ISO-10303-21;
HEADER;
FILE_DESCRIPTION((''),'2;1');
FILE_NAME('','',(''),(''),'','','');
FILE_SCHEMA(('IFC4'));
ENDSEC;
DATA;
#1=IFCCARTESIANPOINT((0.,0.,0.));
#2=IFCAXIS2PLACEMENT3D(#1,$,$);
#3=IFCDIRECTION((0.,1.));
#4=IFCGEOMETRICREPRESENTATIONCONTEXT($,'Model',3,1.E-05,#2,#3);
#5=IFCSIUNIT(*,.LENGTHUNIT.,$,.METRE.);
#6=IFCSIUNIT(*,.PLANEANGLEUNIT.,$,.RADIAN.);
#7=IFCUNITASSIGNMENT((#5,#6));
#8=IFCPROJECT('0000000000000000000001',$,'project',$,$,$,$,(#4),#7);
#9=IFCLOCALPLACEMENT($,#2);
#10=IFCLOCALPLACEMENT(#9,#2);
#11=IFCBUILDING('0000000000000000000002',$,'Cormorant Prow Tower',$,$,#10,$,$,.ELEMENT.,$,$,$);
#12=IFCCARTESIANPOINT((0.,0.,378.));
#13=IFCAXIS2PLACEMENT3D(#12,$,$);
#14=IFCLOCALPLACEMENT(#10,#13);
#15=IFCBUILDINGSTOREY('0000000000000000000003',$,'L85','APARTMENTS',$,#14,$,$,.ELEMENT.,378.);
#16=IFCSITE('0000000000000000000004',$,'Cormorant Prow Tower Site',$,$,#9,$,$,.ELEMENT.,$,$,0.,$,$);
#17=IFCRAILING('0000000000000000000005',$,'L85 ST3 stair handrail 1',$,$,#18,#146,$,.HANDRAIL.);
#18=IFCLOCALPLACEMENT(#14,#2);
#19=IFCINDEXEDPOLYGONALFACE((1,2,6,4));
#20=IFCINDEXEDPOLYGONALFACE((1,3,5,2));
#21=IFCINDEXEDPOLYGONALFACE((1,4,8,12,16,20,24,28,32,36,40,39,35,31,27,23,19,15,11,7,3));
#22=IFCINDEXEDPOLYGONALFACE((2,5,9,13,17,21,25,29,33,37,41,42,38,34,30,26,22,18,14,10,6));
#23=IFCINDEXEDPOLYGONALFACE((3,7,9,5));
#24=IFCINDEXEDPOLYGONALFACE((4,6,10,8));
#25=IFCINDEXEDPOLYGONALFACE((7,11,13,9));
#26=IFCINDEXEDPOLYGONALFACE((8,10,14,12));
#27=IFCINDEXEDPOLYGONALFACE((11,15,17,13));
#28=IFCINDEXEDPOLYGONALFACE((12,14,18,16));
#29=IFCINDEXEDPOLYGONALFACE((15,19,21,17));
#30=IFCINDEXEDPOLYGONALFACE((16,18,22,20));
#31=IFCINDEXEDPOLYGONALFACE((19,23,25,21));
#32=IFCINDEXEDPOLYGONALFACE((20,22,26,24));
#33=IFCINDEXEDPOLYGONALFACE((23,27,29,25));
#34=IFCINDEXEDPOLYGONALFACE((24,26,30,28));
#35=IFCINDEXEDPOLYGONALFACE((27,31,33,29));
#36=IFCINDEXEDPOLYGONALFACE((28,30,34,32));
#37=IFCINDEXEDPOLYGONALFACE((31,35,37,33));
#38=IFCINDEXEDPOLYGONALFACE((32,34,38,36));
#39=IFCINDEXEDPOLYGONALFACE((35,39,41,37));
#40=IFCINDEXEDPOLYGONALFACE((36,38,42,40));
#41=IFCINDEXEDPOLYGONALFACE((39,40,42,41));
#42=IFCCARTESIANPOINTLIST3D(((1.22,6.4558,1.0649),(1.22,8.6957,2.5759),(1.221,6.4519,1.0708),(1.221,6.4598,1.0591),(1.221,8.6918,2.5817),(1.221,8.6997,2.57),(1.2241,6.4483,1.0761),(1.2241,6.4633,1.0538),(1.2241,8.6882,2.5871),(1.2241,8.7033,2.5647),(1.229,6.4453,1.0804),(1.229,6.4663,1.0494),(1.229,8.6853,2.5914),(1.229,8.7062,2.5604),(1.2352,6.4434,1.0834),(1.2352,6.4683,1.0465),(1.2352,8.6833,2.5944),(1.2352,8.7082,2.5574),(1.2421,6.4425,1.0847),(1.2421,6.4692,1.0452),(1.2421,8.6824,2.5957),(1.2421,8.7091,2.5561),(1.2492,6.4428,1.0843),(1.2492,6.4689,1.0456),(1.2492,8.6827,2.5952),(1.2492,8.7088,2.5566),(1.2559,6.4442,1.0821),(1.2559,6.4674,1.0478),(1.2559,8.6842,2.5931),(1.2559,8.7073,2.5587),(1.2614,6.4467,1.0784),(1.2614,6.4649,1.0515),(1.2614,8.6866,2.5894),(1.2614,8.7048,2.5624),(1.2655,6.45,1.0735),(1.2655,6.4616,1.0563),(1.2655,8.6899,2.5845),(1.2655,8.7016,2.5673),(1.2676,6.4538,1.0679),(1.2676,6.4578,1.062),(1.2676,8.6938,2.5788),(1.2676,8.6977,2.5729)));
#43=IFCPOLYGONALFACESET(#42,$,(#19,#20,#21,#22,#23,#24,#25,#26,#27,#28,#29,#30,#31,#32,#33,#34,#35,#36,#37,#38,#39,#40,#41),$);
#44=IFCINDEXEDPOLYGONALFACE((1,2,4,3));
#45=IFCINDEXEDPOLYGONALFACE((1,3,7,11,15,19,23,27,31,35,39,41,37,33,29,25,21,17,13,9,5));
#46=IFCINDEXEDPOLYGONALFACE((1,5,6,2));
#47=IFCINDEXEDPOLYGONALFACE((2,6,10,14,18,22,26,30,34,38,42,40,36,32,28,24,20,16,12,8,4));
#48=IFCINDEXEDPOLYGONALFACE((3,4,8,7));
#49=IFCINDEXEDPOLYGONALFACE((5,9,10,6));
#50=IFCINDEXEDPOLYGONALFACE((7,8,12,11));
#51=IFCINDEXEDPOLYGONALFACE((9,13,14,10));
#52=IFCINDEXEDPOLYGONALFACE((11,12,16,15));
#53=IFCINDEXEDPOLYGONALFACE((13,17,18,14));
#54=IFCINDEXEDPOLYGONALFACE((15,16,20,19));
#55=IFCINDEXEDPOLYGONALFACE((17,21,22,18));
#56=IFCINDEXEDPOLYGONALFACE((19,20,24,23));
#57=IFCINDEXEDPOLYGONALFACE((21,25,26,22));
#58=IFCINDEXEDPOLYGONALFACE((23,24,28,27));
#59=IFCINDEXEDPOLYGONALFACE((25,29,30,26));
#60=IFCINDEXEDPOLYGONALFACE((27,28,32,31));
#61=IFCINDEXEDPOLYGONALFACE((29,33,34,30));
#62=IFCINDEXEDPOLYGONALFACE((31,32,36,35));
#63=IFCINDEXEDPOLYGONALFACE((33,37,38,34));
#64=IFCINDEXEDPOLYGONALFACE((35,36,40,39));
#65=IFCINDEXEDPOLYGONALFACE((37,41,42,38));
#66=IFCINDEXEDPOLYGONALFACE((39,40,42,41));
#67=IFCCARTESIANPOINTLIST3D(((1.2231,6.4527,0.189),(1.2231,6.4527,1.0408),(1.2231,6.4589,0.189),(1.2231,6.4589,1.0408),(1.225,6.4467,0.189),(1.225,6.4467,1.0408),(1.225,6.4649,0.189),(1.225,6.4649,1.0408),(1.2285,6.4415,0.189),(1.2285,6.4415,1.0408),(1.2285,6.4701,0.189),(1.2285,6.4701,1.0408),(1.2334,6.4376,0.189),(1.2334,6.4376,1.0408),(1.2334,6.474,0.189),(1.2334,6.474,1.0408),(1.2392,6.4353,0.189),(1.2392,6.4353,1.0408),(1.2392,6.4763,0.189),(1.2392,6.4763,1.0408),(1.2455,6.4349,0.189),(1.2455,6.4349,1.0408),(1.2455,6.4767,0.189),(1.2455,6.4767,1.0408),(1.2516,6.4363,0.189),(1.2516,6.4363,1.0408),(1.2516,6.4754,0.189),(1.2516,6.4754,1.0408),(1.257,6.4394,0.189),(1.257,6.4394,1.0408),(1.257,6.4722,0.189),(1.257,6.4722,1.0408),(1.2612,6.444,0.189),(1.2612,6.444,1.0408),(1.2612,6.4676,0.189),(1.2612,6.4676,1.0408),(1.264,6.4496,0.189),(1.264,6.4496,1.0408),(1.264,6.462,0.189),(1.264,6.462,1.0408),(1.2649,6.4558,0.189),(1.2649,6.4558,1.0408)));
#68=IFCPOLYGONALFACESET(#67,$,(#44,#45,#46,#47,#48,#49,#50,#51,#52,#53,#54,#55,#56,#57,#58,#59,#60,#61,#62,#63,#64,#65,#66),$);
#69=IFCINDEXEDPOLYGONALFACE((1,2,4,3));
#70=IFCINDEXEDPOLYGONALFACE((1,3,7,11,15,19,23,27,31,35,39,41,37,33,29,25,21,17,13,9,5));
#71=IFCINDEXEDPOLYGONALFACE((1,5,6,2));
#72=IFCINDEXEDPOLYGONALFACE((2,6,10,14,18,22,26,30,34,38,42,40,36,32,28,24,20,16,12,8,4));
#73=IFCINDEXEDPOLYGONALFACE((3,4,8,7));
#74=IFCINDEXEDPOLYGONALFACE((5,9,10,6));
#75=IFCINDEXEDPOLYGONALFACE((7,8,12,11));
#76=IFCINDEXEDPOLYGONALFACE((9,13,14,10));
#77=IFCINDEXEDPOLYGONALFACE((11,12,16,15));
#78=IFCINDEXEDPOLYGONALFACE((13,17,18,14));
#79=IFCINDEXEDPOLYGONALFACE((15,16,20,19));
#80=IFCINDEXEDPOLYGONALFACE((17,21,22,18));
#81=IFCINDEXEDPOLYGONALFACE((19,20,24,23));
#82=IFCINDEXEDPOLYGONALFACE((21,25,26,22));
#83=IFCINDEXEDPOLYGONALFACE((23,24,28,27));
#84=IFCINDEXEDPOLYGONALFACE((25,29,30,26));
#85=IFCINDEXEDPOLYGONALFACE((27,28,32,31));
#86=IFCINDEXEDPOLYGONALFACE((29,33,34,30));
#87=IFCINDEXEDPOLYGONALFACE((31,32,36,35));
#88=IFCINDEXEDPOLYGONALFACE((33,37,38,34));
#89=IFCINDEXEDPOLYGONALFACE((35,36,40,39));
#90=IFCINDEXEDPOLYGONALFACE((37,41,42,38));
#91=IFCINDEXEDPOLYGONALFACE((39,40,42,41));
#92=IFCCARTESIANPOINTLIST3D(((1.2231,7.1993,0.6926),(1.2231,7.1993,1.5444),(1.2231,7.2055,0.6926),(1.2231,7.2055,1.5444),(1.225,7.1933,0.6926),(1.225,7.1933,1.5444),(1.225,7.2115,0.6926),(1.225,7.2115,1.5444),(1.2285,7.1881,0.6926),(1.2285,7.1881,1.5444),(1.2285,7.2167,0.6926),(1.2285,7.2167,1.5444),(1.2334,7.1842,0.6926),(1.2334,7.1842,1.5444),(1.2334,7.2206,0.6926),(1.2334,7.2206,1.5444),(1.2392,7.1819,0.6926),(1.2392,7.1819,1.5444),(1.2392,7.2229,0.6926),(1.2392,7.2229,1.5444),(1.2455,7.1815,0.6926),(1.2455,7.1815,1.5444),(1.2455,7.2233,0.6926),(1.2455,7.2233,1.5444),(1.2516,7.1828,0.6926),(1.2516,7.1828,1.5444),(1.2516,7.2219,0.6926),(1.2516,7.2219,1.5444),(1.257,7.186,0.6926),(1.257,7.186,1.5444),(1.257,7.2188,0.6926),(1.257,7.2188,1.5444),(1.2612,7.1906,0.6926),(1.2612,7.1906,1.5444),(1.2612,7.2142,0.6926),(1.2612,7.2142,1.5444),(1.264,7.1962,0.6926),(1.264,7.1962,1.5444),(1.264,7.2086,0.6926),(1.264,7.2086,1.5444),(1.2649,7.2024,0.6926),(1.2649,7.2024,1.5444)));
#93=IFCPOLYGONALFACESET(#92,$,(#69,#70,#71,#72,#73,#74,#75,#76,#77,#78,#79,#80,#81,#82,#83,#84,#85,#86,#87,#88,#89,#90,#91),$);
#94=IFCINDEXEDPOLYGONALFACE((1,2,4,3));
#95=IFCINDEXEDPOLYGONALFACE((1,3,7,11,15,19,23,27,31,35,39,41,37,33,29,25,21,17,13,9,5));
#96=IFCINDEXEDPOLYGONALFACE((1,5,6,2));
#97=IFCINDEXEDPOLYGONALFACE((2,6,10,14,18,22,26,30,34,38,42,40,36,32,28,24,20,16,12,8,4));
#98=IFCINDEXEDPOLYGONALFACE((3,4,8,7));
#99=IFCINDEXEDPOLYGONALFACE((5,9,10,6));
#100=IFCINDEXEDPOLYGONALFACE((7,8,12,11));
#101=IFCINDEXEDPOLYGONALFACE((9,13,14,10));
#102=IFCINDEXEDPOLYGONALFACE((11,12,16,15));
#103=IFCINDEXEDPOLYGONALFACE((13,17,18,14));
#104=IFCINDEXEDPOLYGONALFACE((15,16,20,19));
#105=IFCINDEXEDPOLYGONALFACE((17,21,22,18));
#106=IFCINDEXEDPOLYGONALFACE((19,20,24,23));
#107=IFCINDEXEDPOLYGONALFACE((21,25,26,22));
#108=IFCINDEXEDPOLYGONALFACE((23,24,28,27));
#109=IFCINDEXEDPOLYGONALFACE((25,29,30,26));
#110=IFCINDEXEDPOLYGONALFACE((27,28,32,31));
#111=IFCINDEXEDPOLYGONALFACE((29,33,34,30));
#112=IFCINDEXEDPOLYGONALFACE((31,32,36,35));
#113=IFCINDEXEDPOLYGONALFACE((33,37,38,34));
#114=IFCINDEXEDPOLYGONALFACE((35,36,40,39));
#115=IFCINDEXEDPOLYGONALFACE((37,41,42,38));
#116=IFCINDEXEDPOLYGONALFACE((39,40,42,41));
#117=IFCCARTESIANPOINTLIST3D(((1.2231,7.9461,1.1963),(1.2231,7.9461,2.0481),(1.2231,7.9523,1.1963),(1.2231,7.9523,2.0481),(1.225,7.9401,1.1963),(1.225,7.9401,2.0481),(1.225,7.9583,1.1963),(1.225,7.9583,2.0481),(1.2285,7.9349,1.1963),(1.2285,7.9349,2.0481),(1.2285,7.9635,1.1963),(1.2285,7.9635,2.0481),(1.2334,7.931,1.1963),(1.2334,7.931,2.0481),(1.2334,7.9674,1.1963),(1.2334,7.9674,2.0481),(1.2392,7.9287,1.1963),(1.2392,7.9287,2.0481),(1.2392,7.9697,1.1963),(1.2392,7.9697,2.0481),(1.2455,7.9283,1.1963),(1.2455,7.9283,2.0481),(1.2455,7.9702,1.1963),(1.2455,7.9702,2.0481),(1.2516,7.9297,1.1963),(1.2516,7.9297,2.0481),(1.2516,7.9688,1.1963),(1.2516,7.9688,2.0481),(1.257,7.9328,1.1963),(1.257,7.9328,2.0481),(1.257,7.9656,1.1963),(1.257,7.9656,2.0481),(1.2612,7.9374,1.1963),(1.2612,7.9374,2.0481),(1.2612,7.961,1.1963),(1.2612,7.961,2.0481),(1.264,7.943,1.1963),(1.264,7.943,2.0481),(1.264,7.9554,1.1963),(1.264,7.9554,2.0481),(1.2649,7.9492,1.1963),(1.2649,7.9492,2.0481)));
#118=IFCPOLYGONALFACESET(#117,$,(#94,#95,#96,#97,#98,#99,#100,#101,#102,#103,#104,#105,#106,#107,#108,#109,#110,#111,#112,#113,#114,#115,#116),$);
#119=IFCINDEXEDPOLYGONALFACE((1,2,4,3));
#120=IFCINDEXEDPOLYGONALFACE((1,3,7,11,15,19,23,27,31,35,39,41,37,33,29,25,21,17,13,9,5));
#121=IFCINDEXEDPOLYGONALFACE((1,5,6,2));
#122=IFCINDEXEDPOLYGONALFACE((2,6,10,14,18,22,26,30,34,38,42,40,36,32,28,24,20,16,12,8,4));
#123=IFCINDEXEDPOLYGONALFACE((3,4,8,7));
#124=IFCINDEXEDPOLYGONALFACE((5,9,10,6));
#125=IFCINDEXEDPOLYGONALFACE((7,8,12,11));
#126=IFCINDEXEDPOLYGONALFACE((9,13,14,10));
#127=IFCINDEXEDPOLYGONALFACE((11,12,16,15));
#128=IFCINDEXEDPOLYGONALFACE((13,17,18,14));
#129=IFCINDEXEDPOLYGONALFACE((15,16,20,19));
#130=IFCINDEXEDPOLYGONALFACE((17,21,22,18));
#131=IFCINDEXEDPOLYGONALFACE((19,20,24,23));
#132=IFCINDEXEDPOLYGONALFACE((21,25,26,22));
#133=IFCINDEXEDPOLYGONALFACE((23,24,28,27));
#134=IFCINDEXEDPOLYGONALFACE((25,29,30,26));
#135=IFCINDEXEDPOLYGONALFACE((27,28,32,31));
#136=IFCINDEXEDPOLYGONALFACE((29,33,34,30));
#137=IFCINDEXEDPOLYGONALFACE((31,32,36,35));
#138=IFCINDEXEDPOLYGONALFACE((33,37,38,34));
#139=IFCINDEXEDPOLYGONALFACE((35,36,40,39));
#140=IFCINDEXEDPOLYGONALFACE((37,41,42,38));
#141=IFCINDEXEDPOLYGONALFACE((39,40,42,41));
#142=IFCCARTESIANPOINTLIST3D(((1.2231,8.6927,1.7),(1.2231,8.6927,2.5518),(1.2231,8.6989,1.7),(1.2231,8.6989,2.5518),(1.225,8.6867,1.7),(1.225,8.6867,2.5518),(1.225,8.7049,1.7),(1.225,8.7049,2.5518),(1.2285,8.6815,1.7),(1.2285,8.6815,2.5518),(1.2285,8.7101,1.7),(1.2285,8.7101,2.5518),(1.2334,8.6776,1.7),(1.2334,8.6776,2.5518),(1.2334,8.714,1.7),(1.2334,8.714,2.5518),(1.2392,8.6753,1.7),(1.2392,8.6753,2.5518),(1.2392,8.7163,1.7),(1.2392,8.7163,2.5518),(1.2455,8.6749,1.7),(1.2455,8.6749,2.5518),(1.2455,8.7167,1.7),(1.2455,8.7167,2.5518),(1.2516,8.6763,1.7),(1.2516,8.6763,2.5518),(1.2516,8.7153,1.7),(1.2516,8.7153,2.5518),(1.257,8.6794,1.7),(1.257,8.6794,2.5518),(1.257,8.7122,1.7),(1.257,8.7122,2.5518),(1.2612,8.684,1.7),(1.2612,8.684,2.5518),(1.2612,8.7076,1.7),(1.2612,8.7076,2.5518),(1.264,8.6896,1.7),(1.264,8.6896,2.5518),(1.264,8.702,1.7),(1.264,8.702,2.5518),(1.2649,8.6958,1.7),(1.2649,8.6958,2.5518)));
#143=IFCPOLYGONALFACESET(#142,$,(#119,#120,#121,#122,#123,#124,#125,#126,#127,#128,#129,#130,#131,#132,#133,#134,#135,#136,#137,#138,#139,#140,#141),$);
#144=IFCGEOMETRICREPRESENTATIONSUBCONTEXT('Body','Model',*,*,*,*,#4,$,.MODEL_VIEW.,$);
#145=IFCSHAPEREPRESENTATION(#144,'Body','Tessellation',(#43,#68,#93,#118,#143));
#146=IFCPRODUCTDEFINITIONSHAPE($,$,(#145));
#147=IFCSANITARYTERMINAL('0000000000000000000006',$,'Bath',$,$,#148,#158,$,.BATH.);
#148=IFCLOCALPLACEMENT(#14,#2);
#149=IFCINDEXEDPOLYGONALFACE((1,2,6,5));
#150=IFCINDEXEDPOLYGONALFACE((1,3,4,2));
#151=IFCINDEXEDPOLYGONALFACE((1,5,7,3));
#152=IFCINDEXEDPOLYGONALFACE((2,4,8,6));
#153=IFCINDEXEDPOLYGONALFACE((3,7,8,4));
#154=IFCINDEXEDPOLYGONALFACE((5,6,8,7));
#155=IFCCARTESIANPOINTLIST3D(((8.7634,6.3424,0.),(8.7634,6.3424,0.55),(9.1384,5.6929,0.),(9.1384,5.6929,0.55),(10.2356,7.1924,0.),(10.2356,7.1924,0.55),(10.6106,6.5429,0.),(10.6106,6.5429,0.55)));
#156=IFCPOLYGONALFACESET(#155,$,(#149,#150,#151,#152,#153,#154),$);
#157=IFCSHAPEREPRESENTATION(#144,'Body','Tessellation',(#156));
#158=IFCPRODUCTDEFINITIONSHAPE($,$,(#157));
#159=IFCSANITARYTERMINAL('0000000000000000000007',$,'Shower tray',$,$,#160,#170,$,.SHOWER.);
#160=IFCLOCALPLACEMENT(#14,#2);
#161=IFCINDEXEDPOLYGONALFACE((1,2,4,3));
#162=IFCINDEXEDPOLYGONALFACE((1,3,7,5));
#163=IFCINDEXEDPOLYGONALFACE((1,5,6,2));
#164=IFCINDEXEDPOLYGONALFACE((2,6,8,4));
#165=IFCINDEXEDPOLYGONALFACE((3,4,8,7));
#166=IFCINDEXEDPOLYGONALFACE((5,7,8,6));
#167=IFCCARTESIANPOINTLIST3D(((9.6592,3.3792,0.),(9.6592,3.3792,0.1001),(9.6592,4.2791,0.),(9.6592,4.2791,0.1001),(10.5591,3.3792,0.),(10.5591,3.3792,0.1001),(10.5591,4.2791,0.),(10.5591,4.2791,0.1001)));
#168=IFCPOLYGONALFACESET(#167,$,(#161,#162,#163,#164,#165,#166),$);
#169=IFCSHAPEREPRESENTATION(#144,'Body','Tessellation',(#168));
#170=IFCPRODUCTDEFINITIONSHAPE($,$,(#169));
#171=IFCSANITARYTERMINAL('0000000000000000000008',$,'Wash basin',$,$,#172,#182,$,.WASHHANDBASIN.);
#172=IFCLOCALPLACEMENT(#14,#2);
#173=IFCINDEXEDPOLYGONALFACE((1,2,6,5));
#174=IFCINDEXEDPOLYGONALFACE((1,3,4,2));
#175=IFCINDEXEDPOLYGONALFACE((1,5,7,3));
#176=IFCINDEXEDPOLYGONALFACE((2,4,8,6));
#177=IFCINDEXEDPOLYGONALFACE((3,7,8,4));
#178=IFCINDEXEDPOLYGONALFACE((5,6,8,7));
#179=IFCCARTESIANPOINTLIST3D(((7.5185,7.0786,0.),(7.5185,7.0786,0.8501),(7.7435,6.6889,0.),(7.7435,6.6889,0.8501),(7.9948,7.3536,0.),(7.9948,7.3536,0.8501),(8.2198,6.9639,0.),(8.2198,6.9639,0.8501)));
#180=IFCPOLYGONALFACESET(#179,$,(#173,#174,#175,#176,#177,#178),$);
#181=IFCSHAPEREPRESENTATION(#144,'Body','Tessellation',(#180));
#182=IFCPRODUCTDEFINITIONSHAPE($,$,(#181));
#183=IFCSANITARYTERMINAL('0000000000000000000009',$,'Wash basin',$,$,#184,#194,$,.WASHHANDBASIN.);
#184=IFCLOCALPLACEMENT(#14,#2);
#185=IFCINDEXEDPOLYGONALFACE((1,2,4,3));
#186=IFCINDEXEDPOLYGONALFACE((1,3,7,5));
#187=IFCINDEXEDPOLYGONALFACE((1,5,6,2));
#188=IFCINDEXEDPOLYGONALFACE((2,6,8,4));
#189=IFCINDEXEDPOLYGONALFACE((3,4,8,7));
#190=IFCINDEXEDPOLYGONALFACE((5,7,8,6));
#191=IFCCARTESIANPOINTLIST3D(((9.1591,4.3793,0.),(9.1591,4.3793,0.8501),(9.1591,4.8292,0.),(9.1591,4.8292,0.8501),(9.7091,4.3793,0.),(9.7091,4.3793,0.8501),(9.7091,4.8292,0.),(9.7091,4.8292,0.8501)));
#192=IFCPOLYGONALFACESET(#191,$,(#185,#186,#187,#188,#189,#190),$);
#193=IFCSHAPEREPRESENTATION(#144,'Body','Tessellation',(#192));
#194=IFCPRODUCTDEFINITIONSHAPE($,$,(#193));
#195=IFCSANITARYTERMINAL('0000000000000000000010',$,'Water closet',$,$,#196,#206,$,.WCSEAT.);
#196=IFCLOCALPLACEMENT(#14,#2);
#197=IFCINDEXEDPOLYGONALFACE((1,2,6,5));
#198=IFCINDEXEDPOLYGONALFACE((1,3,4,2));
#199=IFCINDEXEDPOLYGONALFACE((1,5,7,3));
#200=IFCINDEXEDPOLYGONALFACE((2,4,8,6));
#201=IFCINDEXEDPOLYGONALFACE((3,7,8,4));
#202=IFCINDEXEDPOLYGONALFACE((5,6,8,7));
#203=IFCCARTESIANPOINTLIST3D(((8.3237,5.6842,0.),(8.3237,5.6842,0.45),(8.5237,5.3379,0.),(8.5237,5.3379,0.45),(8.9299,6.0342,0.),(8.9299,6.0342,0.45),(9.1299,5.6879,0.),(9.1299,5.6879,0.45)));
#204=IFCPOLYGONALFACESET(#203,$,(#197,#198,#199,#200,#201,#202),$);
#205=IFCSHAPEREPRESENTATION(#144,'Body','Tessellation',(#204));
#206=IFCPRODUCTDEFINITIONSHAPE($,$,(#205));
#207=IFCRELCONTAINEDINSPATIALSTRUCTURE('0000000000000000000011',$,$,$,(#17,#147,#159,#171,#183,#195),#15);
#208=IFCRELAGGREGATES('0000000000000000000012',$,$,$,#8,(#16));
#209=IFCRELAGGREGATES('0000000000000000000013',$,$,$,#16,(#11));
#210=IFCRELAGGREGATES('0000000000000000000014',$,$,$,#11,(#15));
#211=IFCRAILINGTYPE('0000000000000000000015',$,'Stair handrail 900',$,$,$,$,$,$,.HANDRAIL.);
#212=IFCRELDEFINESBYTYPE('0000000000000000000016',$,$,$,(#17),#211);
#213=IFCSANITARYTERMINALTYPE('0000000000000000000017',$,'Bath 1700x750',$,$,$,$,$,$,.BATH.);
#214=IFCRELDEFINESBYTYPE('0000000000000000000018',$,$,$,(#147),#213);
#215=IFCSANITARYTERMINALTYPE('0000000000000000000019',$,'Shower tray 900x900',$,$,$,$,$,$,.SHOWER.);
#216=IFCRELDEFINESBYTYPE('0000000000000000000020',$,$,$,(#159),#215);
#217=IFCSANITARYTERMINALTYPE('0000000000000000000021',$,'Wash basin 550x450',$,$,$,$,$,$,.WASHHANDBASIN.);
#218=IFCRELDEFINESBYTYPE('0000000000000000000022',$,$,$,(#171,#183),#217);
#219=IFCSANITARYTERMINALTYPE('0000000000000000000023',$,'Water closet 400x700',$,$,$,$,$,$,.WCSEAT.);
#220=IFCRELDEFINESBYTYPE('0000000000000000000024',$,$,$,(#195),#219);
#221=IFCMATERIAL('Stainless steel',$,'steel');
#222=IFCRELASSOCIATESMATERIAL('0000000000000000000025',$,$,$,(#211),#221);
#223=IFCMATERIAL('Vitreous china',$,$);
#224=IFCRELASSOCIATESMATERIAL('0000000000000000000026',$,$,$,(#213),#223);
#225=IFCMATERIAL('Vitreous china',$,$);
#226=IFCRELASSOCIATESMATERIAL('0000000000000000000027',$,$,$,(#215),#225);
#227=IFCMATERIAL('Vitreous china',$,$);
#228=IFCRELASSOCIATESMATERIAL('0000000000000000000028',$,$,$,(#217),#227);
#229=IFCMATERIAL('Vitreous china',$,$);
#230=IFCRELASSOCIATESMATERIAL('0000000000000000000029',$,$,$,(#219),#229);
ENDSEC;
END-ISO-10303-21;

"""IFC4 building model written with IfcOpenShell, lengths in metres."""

from ifc_helpers import new_model, si_unit, direction, frame, origin, origin_2d, place, context, subcontext, project, spatial, rectangle, circle, extrude, material, type_object, element, save


model = new_model("IFC4")

# Units and contexts
model_context = context("Model", 3, precision=1e-05, world=origin(), true_north=direction((0.0, 1.0)))
body_context = subcontext(model_context, "Body", "Model", "MODEL_VIEW")
ifc_project = project(units=[si_unit("LENGTHUNIT", "METRE"), si_unit("PLANEANGLEUNIT", "RADIAN")], contexts=[model_context])

# Site, building, storey
site_placement = place(None, origin())
site = spatial("IfcSite", under=ifc_project, at=site_placement, Name="Cormorant Prow Tower Site", CompositionType="ELEMENT", RefElevation=0.0)
building_placement = place(site_placement, origin())
building = spatial("IfcBuilding", under=site, at=building_placement, Name="Cormorant Prow Tower", CompositionType="ELEMENT")
storey_placement = place(building_placement, frame((0.0, 0.0, 378.0)))
storey = spatial("IfcBuildingStorey", under=building, at=storey_placement, Name="L85", Description="APARTMENTS", CompositionType="ELEMENT", Elevation=378.0)

# Railing
ifc_material_1 = material(Name="Stainless steel", Category="steel")
railing_type_1 = type_object("IfcRailingType", Name="Stair handrail 900", PredefinedType="HANDRAIL", material=ifc_material_1)
railing_1_placement = place(storey_placement, frame((1.2439, 6.4558, 0.189)))
element("IfcRailing", 1, at=railing_1_placement, inside=storey, type_object=railing_type_1, Name="L85 ST3 stair handrail 1", PredefinedType="HANDRAIL", context=body_context, shape_type="SweptSolid", body=[
    extrude(circle(Radius=0.0239, at=origin_2d()), frame((0.0, 0.0, 0.876), z_axis=(0.0, 0.829021, 0.559217), x_axis=(-1.0, 0.0, 0.0)), (0.0, 0.0, 1.0), 2.7019),
    extrude(circle(Radius=0.021, at=origin_2d()), origin(), (0.0, 0.0, 1.0), 0.8518),
    extrude(circle(Radius=0.021, at=origin_2d()), frame((0.0, 0.7466, 0.5037)), (0.0, 0.0, 1.0), 0.8518),
    extrude(circle(Radius=0.021, at=origin_2d()), frame((0.0, 1.4934, 1.0073)), (0.0, 0.0, 1.0), 0.8518),
    extrude(circle(Radius=0.021, at=origin_2d()), frame((0.0, 2.24, 1.511)), (0.0, 0.0, 1.0), 0.8518),
])

# Sanitary terminals
ifc_material_2 = material(Name="Vitreous china")
sanitary_terminal_type_1 = type_object("IfcSanitaryTerminalType", Name="Bath 1700x750", PredefinedType="BATH", material=ifc_material_2)
sanitary_terminal_1_placement = place(storey_placement, frame((9.687, 6.4426, 0.0), z_axis=(0.0, 0.0, 1.0), x_axis=(-0.866025, -0.5, 0.0)))
element("IfcSanitaryTerminal", 2, at=sanitary_terminal_1_placement, inside=storey, type_object=sanitary_terminal_type_1, Name="Bath", PredefinedType="BATH", context=body_context, shape_type="SweptSolid", body=[
    extrude(rectangle(XDim=1.7, YDim=0.75, at=origin_2d()), origin(), (0.0, 0.0, 1.0), 0.55),
])
ifc_material_3 = material(Name="Vitreous china")
sanitary_terminal_type_2 = type_object("IfcSanitaryTerminalType", Name="Shower tray 900x900", PredefinedType="SHOWER", material=ifc_material_3)
sanitary_terminal_2_placement = place(storey_placement, frame((10.1091, 3.8291, 0.0), z_axis=(0.0, 0.0, 1.0), x_axis=(1.0, 0.0, 0.0)))
element("IfcSanitaryTerminal", 3, at=sanitary_terminal_2_placement, inside=storey, type_object=sanitary_terminal_type_2, Name="Shower tray", PredefinedType="SHOWER", context=body_context, shape_type="SweptSolid", body=[
    extrude(rectangle(XDim=0.8999, YDim=0.8999, at=origin_2d()), origin(), (0.0, 0.0, 1.0), 0.1001),
])
ifc_material_4 = material(Name="Vitreous china")
sanitary_terminal_type_3 = type_object("IfcSanitaryTerminalType", Name="Wash basin 550x450", PredefinedType="WASHHANDBASIN", material=ifc_material_4)
for number, where, z_axis, x_axis, name in (
    (4, (7.8691, 7.0212, 0.0), (0.0, 0.0, 1.0), (0.866025, 0.5, 0.0), "Wash basin"),
    (5, (9.4341, 4.6042, 0.0), (0.0, 0.0, 1.0), (1.0, 0.0, 0.0), "Wash basin"),
):
    element("IfcSanitaryTerminal", number, at=place(storey_placement, frame(where, z_axis=z_axis, x_axis=x_axis)), inside=storey, type_object=sanitary_terminal_type_3, Name=name, PredefinedType="WASHHANDBASIN", context=body_context, shape_type="SweptSolid", body=[
        extrude(rectangle(XDim=0.55, YDim=0.45, at=origin_2d()), origin(), (0.0, 0.0, 1.0), 0.8501),
    ])
ifc_material_5 = material(Name="Vitreous china")
sanitary_terminal_type_4 = type_object("IfcSanitaryTerminalType", Name="Water closet 400x700", PredefinedType="WCSEAT", material=ifc_material_5)
for number, where, z_axis, x_axis, name in (
    (6, (8.7268, 5.686, 0.0), (0.0, 0.0, 1.0), (-0.5, 0.866025, 0.0), "Water closet"),
):
    element("IfcSanitaryTerminal", number, at=place(storey_placement, frame(where, z_axis=z_axis, x_axis=x_axis)), inside=storey, type_object=sanitary_terminal_type_4, Name=name, PredefinedType="WCSEAT", context=body_context, shape_type="SweptSolid", body=[
        extrude(rectangle(XDim=0.3999, YDim=0.7, at=origin_2d()), origin(), (0.0, 0.0, 1.0), 0.45),
    ])

save(model, "model.ifc")
